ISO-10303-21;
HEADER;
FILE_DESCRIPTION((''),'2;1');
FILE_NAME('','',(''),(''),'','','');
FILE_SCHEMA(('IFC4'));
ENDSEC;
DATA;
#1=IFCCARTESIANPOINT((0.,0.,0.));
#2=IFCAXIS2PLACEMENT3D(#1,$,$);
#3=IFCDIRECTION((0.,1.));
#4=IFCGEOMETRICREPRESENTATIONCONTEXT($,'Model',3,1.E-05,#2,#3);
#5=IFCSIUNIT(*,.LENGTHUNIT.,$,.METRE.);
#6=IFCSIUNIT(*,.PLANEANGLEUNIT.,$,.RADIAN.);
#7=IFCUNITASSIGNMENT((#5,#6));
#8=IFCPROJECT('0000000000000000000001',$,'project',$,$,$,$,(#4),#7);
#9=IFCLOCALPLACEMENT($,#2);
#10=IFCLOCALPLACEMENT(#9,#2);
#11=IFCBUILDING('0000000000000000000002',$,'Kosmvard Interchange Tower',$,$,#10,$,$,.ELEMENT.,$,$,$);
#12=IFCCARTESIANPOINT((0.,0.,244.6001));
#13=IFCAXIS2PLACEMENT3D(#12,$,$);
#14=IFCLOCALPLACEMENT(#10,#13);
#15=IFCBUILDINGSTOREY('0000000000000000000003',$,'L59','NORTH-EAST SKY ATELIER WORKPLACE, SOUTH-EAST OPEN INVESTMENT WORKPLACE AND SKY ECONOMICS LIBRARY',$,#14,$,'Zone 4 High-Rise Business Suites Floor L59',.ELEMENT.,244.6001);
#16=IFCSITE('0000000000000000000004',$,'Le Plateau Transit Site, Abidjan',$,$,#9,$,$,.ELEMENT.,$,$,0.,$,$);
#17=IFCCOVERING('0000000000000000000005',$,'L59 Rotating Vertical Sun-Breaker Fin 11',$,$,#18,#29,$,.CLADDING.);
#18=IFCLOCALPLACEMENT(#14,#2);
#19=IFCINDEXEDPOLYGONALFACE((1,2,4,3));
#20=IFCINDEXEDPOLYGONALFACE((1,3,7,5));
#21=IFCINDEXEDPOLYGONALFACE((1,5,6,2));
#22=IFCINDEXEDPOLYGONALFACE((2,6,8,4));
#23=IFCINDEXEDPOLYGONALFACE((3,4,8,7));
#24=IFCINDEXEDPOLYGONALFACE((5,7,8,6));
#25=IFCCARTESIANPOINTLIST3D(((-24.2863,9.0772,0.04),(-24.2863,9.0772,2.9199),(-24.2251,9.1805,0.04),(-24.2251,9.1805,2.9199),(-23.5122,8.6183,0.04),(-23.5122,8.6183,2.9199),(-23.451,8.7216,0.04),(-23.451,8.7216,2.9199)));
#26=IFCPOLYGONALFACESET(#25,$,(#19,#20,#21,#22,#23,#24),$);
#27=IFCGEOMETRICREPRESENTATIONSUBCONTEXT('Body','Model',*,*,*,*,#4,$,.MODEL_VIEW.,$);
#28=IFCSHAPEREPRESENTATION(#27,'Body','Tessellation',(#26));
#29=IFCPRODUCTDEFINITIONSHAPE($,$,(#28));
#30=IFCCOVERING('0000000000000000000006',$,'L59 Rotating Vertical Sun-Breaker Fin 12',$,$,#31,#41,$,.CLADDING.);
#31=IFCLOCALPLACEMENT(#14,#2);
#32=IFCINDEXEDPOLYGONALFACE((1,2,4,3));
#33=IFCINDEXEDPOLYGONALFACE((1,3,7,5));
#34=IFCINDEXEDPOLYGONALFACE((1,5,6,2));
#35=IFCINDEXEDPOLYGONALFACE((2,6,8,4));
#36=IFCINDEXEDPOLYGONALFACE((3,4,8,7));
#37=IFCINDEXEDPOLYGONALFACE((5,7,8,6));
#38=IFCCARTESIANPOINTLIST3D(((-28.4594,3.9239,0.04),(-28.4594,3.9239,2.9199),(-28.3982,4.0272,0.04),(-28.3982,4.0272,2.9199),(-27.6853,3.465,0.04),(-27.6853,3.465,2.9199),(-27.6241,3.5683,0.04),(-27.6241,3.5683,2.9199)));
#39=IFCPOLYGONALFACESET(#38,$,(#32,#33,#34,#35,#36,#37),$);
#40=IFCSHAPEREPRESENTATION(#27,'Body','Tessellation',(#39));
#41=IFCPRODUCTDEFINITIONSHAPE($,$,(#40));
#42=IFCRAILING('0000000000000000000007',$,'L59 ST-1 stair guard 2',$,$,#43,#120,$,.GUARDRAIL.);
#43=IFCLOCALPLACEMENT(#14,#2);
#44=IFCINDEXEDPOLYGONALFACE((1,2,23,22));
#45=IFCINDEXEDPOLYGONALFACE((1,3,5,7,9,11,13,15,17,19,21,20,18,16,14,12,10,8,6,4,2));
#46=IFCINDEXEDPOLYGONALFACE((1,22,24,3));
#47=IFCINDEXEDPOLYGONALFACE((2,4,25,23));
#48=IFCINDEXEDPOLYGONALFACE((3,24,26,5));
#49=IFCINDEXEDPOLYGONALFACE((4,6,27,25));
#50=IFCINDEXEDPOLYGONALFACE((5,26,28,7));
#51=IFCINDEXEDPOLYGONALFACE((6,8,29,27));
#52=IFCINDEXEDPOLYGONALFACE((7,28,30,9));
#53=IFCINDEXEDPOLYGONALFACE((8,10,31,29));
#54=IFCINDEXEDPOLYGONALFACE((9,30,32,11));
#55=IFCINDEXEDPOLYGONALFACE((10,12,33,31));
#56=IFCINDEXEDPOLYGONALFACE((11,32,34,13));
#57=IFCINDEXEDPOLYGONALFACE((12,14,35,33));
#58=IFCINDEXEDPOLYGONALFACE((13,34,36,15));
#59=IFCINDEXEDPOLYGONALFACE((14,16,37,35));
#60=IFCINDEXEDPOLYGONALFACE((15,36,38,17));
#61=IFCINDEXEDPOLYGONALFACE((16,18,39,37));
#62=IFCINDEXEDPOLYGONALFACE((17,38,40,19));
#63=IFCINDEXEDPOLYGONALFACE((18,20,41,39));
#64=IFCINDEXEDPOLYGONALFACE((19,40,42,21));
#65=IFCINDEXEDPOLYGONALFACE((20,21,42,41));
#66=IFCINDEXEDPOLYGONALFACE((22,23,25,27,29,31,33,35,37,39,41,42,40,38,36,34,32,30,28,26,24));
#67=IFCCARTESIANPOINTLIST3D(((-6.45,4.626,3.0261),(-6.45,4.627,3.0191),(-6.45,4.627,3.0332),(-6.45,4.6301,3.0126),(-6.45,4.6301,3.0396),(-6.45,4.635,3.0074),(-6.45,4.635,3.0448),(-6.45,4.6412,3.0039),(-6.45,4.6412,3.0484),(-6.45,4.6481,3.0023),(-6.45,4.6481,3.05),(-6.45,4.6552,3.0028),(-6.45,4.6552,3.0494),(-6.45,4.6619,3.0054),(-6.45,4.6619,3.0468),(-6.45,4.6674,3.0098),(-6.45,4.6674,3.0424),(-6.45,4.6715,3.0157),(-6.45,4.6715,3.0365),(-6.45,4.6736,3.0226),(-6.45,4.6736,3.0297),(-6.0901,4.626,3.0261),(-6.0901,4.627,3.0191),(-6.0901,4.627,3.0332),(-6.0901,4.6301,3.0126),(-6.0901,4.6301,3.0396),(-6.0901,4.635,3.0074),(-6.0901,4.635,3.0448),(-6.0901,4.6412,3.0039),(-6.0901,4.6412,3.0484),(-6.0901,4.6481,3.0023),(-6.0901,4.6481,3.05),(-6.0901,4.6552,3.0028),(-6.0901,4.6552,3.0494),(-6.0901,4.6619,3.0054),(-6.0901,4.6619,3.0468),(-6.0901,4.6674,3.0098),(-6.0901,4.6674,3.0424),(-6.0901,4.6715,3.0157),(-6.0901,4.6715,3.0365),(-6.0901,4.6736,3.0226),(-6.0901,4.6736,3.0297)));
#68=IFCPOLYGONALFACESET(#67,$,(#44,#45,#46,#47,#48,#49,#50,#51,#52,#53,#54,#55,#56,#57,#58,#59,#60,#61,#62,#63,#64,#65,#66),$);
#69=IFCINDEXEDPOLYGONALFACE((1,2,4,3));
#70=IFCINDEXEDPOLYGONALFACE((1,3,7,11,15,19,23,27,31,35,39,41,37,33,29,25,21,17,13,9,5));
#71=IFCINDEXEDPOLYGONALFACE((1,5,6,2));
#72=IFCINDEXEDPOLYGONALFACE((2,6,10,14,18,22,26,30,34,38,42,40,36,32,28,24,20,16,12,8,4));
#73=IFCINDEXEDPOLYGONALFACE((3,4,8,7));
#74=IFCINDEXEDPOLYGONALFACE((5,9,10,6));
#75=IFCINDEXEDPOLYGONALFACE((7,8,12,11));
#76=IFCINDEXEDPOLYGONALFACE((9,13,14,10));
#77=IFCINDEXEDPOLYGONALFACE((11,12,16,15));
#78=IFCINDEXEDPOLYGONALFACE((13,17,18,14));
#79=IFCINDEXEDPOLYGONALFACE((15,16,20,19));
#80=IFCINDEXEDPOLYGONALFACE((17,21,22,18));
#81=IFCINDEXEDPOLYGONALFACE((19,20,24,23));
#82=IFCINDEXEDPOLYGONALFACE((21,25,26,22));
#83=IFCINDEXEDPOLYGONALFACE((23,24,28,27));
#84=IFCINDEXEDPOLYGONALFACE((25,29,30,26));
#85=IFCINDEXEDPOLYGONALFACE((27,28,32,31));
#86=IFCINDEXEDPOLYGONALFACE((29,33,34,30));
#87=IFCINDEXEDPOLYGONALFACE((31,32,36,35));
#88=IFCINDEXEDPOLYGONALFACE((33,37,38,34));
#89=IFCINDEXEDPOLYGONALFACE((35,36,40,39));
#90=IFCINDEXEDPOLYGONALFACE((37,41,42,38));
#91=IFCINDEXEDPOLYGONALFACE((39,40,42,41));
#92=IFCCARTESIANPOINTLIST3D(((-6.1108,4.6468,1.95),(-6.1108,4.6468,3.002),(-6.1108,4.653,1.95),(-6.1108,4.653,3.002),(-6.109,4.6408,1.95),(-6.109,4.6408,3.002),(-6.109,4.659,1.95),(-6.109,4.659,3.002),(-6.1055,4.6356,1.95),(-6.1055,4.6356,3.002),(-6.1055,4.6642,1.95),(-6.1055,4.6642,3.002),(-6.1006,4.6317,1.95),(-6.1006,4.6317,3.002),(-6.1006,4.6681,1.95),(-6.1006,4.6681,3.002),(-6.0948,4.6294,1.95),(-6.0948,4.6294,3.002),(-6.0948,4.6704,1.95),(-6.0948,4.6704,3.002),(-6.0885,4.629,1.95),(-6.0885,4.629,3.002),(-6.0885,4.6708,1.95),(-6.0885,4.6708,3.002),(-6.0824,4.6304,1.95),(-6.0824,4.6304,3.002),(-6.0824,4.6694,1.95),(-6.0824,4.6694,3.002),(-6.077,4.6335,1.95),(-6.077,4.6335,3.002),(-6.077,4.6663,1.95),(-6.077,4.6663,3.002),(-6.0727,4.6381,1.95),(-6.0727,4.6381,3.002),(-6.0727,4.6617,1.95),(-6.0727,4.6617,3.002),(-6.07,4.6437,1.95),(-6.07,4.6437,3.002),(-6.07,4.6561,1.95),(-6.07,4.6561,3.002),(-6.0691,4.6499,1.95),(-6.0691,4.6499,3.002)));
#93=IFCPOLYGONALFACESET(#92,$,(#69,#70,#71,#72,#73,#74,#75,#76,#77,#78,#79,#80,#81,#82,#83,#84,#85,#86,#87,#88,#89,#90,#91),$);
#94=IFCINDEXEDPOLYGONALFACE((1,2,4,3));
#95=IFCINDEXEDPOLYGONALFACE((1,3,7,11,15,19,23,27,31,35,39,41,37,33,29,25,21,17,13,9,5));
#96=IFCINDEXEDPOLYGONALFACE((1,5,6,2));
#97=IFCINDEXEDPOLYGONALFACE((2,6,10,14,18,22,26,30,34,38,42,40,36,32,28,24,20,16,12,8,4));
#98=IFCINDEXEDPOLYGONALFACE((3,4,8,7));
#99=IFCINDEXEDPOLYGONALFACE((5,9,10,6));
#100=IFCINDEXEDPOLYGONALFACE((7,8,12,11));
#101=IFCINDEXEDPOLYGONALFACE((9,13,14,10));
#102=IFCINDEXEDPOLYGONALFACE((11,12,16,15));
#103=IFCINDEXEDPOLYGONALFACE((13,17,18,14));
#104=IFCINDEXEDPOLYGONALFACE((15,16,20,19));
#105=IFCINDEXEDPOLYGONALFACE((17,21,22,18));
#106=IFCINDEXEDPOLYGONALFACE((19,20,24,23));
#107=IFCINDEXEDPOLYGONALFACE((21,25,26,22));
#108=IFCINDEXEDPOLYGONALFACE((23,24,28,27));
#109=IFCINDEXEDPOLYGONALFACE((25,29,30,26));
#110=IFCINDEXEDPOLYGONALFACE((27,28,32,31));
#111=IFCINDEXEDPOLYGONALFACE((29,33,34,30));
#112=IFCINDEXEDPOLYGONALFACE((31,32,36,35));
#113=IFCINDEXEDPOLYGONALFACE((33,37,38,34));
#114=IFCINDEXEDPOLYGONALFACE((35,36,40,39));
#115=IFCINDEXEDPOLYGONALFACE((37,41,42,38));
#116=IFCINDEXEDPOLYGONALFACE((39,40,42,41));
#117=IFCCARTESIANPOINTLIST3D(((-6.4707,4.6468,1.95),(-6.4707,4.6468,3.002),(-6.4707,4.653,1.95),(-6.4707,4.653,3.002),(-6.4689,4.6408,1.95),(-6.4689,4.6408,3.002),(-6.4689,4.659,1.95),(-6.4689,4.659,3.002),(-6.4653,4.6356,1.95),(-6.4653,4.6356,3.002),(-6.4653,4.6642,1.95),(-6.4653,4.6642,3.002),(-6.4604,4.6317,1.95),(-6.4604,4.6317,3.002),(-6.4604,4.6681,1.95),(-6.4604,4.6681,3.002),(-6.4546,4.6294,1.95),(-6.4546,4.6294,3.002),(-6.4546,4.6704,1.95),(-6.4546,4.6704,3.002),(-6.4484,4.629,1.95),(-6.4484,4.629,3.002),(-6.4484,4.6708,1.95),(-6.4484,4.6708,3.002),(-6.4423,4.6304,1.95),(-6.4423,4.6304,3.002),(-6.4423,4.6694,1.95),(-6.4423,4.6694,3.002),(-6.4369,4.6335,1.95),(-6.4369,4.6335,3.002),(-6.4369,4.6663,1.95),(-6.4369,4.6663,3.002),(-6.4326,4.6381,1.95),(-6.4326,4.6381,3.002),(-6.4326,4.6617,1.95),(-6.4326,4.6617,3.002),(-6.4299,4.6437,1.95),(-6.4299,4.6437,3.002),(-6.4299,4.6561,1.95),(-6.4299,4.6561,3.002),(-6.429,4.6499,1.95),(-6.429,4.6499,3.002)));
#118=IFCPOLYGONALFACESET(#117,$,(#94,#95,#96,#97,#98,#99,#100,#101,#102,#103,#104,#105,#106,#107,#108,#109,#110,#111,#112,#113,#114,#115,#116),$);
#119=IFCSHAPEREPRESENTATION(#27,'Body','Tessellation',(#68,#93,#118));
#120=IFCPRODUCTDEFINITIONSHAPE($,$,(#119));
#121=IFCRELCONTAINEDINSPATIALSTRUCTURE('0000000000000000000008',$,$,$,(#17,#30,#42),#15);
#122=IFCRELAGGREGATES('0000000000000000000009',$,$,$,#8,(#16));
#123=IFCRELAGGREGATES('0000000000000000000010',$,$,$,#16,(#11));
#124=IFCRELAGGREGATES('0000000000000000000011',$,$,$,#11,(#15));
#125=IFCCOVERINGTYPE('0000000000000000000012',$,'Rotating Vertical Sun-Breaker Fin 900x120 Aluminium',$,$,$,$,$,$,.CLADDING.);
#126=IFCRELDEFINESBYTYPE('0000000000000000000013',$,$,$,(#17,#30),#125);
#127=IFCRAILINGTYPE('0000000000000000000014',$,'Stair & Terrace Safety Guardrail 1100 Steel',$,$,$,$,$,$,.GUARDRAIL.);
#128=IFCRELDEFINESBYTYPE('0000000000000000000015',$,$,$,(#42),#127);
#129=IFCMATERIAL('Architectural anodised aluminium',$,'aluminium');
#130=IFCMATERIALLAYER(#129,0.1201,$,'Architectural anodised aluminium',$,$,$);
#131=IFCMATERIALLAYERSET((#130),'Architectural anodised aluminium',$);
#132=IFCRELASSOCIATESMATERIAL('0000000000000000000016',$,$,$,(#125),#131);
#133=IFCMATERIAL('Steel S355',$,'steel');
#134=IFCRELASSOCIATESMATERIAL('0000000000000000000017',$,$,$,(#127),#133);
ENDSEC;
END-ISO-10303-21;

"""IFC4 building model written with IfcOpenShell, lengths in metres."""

from ifc_helpers import new_model, si_unit, direction, frame, origin, origin_2d, place, context, subcontext, project, spatial, rectangle, circle, extrude, source, transform, mapped, material, layer, layer_set, type_object, element, save


model = new_model("IFC4")

# Units and contexts
model_context = context("Model", 3, precision=1e-05, world=origin(), true_north=direction((0.0, 1.0)))
body_context = subcontext(model_context, "Body", "Model", "MODEL_VIEW")
ifc_project = project(units=[si_unit("LENGTHUNIT", "METRE"), si_unit("PLANEANGLEUNIT", "RADIAN")], contexts=[model_context])

# Site, building, storey
site_placement = place(None, origin())
site = spatial("IfcSite", under=ifc_project, at=site_placement, Name="Le Plateau Transit Site, Abidjan", CompositionType="ELEMENT", RefElevation=0.0)
building_placement = place(site_placement, origin())
building = spatial("IfcBuilding", under=site, at=building_placement, Name="Kosmvard Interchange Tower", CompositionType="ELEMENT")
storey_placement = place(building_placement, frame((0.0, 0.0, 244.6001)))
storey = spatial("IfcBuildingStorey", under=building, at=storey_placement, Name="L59", Description="NORTH-EAST SKY ATELIER WORKPLACE, SOUTH-EAST OPEN INVESTMENT WORKPLACE AND SKY ECONOMICS LIBRARY", LongName="Zone 4 High-Rise Business Suites Floor L59", CompositionType="ELEMENT", Elevation=244.6001)

# Shared definitions
ifc_material_1 = material(Name="Steel S355", Category="steel")

# Coverings
ifc_material_2 = material(Name="Architectural anodised aluminium", Category="aluminium")
ifc_layer_1 = layer(ifc_material_2, 0.1201, Name="Architectural anodised aluminium")
ifc_layer_set_1 = layer_set([ifc_layer_1], Name="Architectural anodised aluminium")
covering_type = type_object("IfcCoveringType", Name="Rotating Vertical Sun-Breaker Fin 900x120 Aluminium", PredefinedType="CLADDING", material=ifc_layer_set_1)
shared_shape_1 = source(origin(), body_context, "Body", "SweptSolid", [
    extrude(rectangle(XDim=0.8999, YDim=0.1201, at=origin_2d()), origin(), (0.0, 0.0, 1.0), 2.8799),
])
for number, where, z_axis, x_axis, name in (
    (1, (-23.8687, 8.8994, 0.04), (0.0, 0.0, 1.0), (-0.860208, 0.509943, 0.0), "L59 Rotating Vertical Sun-Breaker Fin 11"),
    (2, (-28.0417, 3.7461, 0.04), (0.0, 0.0, 1.0), (-0.860208, 0.509943, 0.0), "L59 Rotating Vertical Sun-Breaker Fin 12"),
):
    element("IfcCovering", number, at=place(storey_placement, frame(where, z_axis=z_axis, x_axis=x_axis)), inside=storey, type_object=covering_type, Name=name, PredefinedType="CLADDING", context=body_context, shape_type="MappedRepresentation", body=[
        mapped(shared_shape_1, transform((0.0, 0.0, 0.0), scale=1.0)),
    ])

# Railing
railing_type_1 = type_object("IfcRailingType", Name="Stair & Terrace Safety Guardrail 1100 Steel", PredefinedType="GUARDRAIL", material=ifc_material_1)
shared_shape_2 = source(origin(), body_context, "Body", "SweptSolid", [
    extrude(circle(Radius=0.0239, at=origin_2d()), frame((0.0, 0.0, 1.0762), z_axis=(-1.0, 0.0, 0.0), x_axis=(0.0, -1.0, 0.0)), (0.0, 0.0, 1.0), 0.3599),
    extrude(circle(Radius=0.021, at=origin_2d()), origin(), (0.0, 0.0, 1.0), 1.052),
    extrude(circle(Radius=0.021, at=origin_2d()), frame((-0.3599, 0.0, 0.0)), (0.0, 0.0, 1.0), 1.052),
])
railing_1_placement = place(storey_placement, frame((-6.0901, 4.6499, 1.95)))
element("IfcRailing", 3, at=railing_1_placement, inside=storey, type_object=railing_type_1, Name="L59 ST-1 stair guard 2", PredefinedType="GUARDRAIL", context=body_context, shape_type="MappedRepresentation", body=[
    mapped(shared_shape_2, transform((0.0, 0.0, 0.0), scale=1.0)),
])

save(model, "model.ifc")
